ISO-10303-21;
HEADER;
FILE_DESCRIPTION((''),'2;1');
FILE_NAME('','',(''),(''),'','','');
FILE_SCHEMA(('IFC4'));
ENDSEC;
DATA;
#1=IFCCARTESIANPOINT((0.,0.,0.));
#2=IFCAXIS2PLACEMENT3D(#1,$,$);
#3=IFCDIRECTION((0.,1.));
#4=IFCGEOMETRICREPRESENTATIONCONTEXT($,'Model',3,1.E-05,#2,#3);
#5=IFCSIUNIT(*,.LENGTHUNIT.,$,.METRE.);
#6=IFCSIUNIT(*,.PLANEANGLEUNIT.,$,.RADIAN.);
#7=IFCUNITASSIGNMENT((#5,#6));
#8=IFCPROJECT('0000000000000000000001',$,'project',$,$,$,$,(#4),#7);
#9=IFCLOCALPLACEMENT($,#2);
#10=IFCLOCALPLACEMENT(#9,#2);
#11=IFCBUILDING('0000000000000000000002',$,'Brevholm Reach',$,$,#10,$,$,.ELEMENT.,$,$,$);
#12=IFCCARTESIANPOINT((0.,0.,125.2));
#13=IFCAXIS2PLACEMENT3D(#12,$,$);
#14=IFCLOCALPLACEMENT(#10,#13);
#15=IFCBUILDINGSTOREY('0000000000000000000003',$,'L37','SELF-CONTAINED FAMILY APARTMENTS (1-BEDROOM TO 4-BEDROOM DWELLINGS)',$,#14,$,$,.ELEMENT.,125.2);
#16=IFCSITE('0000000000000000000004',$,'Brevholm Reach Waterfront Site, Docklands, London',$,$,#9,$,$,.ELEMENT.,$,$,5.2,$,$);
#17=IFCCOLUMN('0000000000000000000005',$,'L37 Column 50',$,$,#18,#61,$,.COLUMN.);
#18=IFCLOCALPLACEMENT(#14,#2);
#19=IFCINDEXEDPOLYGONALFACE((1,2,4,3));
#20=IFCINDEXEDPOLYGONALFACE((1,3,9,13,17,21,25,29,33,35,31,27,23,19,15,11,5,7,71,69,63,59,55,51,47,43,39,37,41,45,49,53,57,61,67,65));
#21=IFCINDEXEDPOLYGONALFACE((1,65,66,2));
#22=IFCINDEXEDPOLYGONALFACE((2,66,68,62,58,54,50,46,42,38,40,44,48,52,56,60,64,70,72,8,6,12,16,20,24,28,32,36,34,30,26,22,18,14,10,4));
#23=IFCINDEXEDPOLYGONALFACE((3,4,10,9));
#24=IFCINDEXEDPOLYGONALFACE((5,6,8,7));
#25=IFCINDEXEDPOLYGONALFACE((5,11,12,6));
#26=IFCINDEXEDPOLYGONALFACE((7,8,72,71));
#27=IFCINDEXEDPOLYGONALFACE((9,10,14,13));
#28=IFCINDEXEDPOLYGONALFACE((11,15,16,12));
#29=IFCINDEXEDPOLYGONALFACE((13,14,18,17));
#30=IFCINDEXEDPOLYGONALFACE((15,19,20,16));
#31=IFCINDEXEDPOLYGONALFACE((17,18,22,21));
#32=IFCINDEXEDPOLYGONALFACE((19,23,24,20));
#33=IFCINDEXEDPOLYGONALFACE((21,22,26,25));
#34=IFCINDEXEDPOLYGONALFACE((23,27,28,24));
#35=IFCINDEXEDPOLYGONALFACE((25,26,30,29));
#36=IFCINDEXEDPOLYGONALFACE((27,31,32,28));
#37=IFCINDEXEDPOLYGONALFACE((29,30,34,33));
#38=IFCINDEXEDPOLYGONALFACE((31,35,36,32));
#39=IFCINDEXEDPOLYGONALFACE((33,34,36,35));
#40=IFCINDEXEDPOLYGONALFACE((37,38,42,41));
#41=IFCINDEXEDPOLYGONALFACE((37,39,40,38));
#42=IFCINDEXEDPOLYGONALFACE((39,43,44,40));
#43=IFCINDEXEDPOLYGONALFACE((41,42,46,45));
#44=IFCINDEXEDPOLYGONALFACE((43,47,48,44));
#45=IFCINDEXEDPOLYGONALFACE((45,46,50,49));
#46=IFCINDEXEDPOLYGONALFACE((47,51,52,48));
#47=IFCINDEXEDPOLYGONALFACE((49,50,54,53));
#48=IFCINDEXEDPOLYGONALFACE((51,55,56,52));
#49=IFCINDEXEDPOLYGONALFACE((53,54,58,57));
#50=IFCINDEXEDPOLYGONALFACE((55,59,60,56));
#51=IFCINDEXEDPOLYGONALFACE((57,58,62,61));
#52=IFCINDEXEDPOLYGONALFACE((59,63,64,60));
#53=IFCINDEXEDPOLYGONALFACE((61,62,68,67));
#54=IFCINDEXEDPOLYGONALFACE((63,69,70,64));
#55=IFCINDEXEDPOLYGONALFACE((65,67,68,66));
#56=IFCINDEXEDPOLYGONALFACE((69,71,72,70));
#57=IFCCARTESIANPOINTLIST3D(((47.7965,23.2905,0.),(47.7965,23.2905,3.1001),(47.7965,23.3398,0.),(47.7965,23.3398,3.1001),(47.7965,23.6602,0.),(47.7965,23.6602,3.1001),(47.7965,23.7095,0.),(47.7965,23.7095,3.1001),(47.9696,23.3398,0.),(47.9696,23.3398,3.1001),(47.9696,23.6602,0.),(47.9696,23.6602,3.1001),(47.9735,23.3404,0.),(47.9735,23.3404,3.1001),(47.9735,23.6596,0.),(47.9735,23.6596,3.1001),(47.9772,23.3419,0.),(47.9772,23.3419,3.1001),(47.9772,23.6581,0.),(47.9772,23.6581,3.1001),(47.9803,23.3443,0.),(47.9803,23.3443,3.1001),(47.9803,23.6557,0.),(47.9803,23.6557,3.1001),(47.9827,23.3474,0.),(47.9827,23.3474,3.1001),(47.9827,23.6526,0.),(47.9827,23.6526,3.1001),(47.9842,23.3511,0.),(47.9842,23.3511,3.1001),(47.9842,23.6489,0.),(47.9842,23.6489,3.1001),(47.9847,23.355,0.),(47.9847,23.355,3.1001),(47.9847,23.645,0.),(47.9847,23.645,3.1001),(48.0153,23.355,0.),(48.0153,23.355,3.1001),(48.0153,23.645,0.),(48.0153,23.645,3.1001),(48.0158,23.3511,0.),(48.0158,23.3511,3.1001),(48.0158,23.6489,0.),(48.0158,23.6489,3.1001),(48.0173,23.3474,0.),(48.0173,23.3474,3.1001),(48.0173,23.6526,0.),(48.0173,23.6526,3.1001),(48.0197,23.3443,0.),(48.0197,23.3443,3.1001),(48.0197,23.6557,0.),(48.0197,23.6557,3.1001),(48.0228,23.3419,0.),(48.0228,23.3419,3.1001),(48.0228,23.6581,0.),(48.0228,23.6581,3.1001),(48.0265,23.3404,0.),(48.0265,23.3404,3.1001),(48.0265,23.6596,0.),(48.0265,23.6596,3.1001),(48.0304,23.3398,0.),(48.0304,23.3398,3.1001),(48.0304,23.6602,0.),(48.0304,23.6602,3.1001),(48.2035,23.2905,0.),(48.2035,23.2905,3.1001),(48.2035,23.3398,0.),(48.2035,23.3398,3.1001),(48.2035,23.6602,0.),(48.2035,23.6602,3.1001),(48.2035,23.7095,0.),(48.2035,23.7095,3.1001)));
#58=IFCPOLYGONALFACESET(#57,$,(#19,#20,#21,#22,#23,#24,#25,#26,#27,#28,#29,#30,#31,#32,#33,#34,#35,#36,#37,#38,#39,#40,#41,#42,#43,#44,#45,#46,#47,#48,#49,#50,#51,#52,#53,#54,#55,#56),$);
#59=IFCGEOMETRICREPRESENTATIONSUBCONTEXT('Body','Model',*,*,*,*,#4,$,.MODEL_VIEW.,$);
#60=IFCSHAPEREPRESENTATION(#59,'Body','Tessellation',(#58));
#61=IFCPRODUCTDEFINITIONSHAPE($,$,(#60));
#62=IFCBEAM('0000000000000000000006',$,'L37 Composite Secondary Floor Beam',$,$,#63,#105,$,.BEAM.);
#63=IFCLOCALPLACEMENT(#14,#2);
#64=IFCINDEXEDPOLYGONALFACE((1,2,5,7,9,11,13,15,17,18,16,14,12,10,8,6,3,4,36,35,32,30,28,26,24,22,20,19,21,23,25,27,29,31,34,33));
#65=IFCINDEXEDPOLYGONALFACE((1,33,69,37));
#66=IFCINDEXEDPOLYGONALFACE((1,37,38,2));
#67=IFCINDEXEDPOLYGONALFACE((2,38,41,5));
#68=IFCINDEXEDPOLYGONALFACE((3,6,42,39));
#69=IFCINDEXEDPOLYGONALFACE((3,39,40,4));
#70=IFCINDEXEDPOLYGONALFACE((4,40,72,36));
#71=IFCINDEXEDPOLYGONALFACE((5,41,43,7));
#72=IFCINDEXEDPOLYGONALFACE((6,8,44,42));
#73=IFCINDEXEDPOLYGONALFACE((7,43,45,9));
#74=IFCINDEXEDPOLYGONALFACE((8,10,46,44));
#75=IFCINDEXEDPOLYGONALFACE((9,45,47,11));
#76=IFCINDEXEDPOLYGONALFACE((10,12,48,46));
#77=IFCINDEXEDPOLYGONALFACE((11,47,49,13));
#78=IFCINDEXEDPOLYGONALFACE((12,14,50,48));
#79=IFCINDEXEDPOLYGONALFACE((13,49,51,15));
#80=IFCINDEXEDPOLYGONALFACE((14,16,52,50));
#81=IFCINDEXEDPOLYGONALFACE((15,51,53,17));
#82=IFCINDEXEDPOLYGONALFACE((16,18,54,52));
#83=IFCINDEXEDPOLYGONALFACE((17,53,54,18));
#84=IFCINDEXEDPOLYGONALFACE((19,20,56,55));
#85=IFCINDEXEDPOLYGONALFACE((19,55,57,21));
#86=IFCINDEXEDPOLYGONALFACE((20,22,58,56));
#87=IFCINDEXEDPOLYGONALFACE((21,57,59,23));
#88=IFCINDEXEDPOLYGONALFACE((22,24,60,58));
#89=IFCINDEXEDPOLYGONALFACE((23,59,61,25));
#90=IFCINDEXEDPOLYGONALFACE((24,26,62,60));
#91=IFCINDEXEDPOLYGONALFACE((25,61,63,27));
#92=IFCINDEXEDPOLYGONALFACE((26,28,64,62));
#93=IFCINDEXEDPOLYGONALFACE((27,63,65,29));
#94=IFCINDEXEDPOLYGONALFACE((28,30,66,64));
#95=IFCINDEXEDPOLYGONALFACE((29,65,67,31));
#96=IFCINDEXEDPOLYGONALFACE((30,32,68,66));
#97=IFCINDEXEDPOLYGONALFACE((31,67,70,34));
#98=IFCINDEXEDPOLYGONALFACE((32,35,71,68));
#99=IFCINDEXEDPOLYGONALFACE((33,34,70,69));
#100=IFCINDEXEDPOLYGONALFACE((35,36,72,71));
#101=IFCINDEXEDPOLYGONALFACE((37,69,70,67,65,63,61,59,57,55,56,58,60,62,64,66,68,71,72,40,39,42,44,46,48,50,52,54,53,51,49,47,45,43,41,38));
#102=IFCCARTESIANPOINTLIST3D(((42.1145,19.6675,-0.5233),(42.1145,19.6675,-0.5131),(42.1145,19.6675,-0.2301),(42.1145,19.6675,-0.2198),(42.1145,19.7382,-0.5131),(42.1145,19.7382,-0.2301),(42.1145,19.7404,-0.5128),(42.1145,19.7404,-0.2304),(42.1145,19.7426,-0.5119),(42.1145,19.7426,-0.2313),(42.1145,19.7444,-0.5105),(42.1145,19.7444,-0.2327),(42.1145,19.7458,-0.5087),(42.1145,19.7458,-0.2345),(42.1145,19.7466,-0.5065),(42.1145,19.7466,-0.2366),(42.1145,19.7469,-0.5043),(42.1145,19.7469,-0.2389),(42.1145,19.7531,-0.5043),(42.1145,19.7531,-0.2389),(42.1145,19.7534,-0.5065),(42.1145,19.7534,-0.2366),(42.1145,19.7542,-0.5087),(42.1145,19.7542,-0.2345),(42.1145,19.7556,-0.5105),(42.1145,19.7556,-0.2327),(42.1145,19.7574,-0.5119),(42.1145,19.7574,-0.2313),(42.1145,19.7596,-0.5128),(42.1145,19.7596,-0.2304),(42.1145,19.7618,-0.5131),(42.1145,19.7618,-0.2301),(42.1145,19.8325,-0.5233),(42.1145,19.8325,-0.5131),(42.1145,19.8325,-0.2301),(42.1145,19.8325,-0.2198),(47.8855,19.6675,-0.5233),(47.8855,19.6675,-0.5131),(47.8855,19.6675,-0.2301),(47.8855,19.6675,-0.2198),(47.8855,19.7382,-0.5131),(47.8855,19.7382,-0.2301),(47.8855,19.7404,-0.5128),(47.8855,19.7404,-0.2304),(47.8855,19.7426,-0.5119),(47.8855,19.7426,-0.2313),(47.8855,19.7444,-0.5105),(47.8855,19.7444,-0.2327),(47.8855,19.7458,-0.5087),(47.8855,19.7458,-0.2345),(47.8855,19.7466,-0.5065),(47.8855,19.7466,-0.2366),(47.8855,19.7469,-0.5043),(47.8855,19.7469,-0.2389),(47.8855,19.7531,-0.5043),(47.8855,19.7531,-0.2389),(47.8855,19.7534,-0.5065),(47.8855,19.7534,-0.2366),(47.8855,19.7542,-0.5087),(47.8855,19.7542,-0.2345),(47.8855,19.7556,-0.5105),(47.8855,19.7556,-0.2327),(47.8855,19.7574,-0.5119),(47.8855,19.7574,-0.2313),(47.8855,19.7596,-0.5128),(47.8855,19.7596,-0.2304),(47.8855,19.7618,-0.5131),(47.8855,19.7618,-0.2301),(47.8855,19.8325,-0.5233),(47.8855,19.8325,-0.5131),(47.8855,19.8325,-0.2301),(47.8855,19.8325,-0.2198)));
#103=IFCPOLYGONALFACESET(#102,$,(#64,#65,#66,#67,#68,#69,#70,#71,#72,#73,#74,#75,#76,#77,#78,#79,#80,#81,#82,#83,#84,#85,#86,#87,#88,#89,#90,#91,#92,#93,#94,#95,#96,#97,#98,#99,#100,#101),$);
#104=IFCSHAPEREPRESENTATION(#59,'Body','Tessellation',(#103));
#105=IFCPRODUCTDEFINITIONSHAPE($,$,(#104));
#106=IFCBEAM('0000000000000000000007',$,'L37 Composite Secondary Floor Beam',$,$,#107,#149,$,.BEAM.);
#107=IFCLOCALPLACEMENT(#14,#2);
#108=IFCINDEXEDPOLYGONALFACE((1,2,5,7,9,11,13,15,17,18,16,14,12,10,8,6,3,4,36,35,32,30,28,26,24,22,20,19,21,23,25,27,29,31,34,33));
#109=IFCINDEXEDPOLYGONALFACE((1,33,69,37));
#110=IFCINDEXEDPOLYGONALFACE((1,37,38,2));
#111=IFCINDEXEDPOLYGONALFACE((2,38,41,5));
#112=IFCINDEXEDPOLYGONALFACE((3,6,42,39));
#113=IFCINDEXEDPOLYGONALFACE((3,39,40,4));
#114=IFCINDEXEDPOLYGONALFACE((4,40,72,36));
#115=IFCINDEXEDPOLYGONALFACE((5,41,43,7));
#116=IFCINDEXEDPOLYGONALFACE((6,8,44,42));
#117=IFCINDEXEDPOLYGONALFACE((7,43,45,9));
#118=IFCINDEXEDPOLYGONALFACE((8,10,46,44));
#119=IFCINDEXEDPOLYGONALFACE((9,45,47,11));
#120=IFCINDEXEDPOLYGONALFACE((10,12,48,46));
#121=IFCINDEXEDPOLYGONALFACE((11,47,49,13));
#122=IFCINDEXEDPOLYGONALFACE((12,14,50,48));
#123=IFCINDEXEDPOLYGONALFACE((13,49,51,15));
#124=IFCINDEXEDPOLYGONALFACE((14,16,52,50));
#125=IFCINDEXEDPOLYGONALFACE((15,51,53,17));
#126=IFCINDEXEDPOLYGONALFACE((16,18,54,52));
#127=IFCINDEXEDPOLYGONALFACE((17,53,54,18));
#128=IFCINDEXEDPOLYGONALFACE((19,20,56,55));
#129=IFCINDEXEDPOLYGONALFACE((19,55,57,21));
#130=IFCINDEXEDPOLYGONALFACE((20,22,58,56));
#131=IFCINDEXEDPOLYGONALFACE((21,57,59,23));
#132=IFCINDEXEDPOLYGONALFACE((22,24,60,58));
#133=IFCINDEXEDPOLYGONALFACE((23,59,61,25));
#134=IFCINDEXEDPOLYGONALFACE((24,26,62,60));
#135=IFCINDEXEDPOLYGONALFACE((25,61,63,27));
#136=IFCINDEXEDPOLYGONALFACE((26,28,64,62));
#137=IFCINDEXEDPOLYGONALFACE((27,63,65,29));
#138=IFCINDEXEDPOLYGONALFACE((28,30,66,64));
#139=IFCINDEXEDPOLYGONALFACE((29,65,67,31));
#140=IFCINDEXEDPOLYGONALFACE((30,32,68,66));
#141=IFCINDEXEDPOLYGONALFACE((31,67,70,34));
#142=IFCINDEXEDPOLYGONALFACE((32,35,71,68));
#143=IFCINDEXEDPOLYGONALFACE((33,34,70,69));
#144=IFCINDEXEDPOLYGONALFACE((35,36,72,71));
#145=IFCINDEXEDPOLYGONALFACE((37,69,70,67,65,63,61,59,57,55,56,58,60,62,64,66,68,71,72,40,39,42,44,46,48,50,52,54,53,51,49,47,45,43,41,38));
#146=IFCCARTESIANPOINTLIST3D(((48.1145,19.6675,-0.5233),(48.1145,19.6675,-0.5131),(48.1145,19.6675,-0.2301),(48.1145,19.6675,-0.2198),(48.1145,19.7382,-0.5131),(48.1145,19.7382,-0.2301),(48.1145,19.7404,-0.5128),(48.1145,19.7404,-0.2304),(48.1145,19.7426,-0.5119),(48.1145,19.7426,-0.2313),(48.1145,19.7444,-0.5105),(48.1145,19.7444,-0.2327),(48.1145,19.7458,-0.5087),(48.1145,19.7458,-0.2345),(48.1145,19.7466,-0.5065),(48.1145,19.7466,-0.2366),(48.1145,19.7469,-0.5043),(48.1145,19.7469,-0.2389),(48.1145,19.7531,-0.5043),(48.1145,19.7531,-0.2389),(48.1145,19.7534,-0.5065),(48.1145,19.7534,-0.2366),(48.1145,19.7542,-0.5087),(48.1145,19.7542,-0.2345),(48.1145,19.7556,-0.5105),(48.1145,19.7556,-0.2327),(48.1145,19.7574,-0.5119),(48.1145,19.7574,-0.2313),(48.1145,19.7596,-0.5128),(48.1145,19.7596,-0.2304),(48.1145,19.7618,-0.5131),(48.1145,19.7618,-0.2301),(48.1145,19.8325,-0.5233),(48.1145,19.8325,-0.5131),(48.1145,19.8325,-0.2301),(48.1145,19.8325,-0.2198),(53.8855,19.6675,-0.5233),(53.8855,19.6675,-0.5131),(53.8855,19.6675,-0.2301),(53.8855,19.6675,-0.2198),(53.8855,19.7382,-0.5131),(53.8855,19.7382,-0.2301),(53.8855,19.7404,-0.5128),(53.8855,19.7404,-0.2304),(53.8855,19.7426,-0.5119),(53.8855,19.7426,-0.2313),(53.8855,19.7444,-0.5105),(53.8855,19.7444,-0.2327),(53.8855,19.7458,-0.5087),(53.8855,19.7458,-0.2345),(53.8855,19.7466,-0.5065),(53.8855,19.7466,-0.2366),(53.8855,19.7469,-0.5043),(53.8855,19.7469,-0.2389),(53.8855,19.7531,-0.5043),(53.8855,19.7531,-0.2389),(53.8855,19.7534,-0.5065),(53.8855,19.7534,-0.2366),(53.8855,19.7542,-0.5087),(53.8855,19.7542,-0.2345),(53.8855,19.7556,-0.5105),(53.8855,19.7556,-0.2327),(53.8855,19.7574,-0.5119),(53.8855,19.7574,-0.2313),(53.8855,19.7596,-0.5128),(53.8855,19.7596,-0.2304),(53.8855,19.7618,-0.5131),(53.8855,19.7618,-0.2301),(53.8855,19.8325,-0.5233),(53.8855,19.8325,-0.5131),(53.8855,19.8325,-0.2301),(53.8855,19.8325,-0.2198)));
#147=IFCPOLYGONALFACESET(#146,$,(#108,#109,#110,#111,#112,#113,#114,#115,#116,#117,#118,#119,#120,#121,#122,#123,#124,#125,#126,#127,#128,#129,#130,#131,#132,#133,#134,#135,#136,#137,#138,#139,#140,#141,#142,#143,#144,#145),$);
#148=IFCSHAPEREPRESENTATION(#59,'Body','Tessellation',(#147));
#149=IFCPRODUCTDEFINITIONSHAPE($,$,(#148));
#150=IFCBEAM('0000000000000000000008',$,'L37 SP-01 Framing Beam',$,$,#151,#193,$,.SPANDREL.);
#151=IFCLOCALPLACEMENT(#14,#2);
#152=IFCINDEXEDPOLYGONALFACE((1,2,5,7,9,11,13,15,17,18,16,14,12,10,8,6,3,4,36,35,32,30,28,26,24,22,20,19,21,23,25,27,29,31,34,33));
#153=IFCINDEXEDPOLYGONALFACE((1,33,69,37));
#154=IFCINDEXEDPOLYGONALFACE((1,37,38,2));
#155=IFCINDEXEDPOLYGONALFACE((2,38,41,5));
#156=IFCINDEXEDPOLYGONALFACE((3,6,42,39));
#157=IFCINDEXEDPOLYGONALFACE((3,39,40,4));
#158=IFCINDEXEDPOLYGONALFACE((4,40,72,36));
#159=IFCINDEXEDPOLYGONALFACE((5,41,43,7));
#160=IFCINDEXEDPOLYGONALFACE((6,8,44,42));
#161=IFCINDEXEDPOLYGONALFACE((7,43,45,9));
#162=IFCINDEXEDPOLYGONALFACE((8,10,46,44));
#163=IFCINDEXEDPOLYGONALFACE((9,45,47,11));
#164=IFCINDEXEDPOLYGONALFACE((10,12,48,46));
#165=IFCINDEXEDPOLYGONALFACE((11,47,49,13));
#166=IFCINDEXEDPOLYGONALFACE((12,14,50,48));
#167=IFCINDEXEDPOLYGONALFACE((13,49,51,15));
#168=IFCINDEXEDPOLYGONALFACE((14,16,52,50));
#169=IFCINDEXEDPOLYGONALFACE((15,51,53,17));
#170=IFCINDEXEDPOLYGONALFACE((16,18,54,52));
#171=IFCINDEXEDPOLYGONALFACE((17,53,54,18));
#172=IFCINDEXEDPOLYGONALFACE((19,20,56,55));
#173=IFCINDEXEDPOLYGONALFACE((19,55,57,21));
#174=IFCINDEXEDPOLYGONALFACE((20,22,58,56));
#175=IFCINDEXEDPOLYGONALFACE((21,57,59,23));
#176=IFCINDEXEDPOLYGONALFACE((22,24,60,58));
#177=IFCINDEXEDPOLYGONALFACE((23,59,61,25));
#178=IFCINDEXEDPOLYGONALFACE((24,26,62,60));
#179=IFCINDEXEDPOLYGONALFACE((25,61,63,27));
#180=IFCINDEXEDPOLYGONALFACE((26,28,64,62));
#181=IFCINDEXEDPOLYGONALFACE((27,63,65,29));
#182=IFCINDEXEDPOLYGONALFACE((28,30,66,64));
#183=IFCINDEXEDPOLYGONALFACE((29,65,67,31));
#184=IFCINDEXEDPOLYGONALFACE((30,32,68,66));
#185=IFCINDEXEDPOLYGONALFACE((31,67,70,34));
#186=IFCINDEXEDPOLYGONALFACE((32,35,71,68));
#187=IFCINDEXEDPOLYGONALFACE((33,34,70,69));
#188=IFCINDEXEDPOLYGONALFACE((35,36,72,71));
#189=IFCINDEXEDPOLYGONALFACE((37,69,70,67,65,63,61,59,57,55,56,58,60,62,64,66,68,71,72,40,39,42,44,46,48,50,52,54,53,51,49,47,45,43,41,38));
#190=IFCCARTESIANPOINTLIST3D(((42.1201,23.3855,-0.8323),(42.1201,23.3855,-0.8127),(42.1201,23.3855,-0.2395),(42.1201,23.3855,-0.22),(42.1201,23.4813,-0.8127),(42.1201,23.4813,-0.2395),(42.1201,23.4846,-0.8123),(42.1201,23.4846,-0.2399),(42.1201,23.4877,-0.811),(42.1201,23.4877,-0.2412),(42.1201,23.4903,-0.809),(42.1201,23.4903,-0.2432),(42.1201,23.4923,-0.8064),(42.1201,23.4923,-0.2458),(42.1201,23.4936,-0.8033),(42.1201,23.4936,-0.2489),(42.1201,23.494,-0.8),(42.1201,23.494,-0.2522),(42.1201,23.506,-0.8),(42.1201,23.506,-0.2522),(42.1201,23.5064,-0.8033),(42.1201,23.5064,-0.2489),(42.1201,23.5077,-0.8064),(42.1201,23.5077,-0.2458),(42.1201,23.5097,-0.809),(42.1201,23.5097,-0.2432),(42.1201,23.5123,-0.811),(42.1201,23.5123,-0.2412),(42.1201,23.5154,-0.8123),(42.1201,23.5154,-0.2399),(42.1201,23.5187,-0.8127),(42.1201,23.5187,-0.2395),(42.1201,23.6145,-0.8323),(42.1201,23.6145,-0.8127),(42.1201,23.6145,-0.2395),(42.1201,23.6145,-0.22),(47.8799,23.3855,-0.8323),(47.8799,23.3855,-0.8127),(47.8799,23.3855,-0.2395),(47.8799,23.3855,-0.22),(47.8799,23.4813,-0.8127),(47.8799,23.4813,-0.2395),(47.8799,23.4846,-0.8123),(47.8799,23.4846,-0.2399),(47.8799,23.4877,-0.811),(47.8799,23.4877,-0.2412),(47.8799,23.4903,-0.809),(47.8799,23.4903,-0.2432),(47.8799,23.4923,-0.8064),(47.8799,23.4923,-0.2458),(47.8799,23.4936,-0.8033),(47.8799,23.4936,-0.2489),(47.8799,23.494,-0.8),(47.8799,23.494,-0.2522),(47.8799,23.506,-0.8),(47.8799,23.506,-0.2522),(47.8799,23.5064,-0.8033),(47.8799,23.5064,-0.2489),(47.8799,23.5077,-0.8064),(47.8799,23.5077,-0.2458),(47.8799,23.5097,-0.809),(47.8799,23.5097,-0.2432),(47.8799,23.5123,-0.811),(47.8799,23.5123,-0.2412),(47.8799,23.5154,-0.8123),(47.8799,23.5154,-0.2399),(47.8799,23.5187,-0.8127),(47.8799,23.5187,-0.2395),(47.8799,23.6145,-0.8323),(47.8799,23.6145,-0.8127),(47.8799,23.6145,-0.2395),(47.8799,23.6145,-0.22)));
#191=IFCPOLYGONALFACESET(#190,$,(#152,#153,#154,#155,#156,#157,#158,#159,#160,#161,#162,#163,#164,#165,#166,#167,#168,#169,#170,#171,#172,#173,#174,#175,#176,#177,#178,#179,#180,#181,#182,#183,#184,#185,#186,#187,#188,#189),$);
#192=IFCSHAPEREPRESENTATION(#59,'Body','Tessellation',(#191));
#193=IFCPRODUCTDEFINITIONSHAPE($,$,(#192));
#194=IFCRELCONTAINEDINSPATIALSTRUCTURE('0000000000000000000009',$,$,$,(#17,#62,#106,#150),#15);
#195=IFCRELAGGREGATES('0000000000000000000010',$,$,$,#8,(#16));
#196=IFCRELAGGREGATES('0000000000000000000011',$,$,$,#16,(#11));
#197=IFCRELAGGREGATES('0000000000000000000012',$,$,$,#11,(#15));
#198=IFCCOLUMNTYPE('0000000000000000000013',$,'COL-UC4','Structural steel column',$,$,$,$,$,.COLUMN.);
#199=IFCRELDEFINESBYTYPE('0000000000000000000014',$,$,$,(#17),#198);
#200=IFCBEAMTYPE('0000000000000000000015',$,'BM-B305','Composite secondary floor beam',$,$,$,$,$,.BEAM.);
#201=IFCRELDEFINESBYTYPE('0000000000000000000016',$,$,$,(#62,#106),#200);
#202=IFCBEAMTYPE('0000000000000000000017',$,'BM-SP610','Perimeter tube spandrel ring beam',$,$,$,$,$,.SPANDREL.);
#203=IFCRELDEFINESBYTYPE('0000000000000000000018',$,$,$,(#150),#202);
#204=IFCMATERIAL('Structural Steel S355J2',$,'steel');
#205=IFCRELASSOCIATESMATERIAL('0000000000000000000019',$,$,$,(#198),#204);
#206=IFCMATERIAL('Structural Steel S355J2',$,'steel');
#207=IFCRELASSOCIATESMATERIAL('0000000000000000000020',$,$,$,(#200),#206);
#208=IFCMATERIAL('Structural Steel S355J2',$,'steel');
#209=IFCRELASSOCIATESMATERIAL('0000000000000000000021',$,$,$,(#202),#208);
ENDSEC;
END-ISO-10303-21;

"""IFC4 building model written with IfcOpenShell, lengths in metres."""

from ifc_helpers import new_model, si_unit, direction, frame, origin, origin_2d, place, context, subcontext, project, spatial, i_section, extrude, material, material_profile, profile_set, type_object, element, save


model = new_model("IFC4")

# Units and contexts
model_context = context("Model", 3, precision=1e-05, world=origin(), true_north=direction((0.0, 1.0)))
body_context = subcontext(model_context, "Body", "Model", "MODEL_VIEW")
ifc_project = project(units=[si_unit("LENGTHUNIT", "METRE"), si_unit("PLANEANGLEUNIT", "RADIAN")], contexts=[model_context])

# Site, building, storey
site_placement = place(None, origin())
site = spatial("IfcSite", under=ifc_project, at=site_placement, Name="Brevholm Reach Waterfront Site, Docklands, London", CompositionType="ELEMENT", RefElevation=5.2)
building_placement = place(site_placement, origin())
building = spatial("IfcBuilding", under=site, at=building_placement, Name="Brevholm Reach", CompositionType="ELEMENT")
storey_placement = place(building_placement, frame((0.0, 0.0, 125.2)))
storey = spatial("IfcBuildingStorey", under=building, at=storey_placement, Name="L37", Description="SELF-CONTAINED FAMILY APARTMENTS (1-BEDROOM TO 4-BEDROOM DWELLINGS)", CompositionType="ELEMENT", Elevation=125.2)

# Column
ifc_material_1 = material(Name="Structural Steel S355J2", Category="steel")
ifc_material_profile_1 = material_profile(ifc_material_1, i_section(OverallWidth=0.407, OverallDepth=0.4189, WebThickness=0.0305, FlangeThickness=0.0493, FilletRadius=0.0151, at=origin_2d()), Name="UKC 356x406x393")
ifc_profile_set_1 = profile_set([ifc_material_profile_1], Name="Structural Steel S355J2")
column_type = type_object("IfcColumnType", Name="COL-UC4", Description="Structural steel column", PredefinedType="COLUMN", material=ifc_profile_set_1)
column_placement = place(storey_placement, frame((48.0, 23.5, 0.0), z_axis=(0.0, 0.0, 1.0), x_axis=(1.0, 0.0, 0.0)))
element("IfcColumn", 1, at=column_placement, inside=storey, type_object=column_type, Name="L37 Column 50", PredefinedType="COLUMN", context=body_context, shape_type="SweptSolid", body=[
    extrude(i_section(OverallWidth=0.407, OverallDepth=0.4189, WebThickness=0.0305, FlangeThickness=0.0493, FilletRadius=0.0151, at=origin_2d()), origin(), (0.0, 0.0, 1.0), 3.1001),
])

# Beams
ifc_material_2 = material(Name="Structural Steel S355J2", Category="steel")
ifc_material_profile_2 = material_profile(ifc_material_2, i_section(OverallWidth=0.165, OverallDepth=0.3035, WebThickness=0.0061, FlangeThickness=0.0103, FilletRadius=0.0088, at=origin_2d()), Name="UKB 305x165x40")
ifc_profile_set_2 = profile_set([ifc_material_profile_2], Name="Structural Steel S355J2")
beam_type_1 = type_object("IfcBeamType", Name="BM-B305", Description="Composite secondary floor beam", PredefinedType="BEAM", material=ifc_profile_set_2)
for number, where, z_axis, x_axis, name in (
    (2, (42.1145, 19.75, -0.3716), (1.0, 0.0, 0.0), (0.0, 1.0, 0.0), "L37 Composite Secondary Floor Beam"),
    (3, (48.1145, 19.75, -0.3716), (1.0, 0.0, 0.0), (0.0, 1.0, 0.0), "L37 Composite Secondary Floor Beam"),
):
    element("IfcBeam", number, at=place(storey_placement, frame(where, z_axis=z_axis, x_axis=x_axis)), inside=storey, type_object=beam_type_1, Name=name, PredefinedType="BEAM", context=body_context, shape_type="SweptSolid", body=[
        extrude(i_section(OverallWidth=0.165, OverallDepth=0.3035, WebThickness=0.0061, FlangeThickness=0.0103, FilletRadius=0.0088, at=origin_2d()), origin(), (0.0, 0.0, 1.0), 5.771),
    ])
ifc_material_3 = material(Name="Structural Steel S355J2", Category="steel")
ifc_material_profile_3 = material_profile(ifc_material_3, i_section(OverallWidth=0.229, OverallDepth=0.6123, WebThickness=0.012, FlangeThickness=0.0195, FilletRadius=0.0127, at=origin_2d()), Name="UKB 610x229x125")
ifc_profile_set_3 = profile_set([ifc_material_profile_3], Name="Structural Steel S355J2")
beam_type_2 = type_object("IfcBeamType", Name="BM-SP610", Description="Perimeter tube spandrel ring beam", PredefinedType="SPANDREL", material=ifc_profile_set_3)
for number, where, z_axis, x_axis, name in (
    (4, (42.1201, 23.5, -0.5261), (1.0, 0.0, 0.0), (0.0, 1.0, 0.0), "L37 SP-01 Framing Beam"),
):
    element("IfcBeam", number, at=place(storey_placement, frame(where, z_axis=z_axis, x_axis=x_axis)), inside=storey, type_object=beam_type_2, Name=name, PredefinedType="SPANDREL", context=body_context, shape_type="SweptSolid", body=[
        extrude(i_section(OverallWidth=0.229, OverallDepth=0.6123, WebThickness=0.012, FlangeThickness=0.0195, FilletRadius=0.0127, at=origin_2d()), origin(), (0.0, 0.0, 1.0), 5.7598),
    ])

save(model, "model.ifc")
